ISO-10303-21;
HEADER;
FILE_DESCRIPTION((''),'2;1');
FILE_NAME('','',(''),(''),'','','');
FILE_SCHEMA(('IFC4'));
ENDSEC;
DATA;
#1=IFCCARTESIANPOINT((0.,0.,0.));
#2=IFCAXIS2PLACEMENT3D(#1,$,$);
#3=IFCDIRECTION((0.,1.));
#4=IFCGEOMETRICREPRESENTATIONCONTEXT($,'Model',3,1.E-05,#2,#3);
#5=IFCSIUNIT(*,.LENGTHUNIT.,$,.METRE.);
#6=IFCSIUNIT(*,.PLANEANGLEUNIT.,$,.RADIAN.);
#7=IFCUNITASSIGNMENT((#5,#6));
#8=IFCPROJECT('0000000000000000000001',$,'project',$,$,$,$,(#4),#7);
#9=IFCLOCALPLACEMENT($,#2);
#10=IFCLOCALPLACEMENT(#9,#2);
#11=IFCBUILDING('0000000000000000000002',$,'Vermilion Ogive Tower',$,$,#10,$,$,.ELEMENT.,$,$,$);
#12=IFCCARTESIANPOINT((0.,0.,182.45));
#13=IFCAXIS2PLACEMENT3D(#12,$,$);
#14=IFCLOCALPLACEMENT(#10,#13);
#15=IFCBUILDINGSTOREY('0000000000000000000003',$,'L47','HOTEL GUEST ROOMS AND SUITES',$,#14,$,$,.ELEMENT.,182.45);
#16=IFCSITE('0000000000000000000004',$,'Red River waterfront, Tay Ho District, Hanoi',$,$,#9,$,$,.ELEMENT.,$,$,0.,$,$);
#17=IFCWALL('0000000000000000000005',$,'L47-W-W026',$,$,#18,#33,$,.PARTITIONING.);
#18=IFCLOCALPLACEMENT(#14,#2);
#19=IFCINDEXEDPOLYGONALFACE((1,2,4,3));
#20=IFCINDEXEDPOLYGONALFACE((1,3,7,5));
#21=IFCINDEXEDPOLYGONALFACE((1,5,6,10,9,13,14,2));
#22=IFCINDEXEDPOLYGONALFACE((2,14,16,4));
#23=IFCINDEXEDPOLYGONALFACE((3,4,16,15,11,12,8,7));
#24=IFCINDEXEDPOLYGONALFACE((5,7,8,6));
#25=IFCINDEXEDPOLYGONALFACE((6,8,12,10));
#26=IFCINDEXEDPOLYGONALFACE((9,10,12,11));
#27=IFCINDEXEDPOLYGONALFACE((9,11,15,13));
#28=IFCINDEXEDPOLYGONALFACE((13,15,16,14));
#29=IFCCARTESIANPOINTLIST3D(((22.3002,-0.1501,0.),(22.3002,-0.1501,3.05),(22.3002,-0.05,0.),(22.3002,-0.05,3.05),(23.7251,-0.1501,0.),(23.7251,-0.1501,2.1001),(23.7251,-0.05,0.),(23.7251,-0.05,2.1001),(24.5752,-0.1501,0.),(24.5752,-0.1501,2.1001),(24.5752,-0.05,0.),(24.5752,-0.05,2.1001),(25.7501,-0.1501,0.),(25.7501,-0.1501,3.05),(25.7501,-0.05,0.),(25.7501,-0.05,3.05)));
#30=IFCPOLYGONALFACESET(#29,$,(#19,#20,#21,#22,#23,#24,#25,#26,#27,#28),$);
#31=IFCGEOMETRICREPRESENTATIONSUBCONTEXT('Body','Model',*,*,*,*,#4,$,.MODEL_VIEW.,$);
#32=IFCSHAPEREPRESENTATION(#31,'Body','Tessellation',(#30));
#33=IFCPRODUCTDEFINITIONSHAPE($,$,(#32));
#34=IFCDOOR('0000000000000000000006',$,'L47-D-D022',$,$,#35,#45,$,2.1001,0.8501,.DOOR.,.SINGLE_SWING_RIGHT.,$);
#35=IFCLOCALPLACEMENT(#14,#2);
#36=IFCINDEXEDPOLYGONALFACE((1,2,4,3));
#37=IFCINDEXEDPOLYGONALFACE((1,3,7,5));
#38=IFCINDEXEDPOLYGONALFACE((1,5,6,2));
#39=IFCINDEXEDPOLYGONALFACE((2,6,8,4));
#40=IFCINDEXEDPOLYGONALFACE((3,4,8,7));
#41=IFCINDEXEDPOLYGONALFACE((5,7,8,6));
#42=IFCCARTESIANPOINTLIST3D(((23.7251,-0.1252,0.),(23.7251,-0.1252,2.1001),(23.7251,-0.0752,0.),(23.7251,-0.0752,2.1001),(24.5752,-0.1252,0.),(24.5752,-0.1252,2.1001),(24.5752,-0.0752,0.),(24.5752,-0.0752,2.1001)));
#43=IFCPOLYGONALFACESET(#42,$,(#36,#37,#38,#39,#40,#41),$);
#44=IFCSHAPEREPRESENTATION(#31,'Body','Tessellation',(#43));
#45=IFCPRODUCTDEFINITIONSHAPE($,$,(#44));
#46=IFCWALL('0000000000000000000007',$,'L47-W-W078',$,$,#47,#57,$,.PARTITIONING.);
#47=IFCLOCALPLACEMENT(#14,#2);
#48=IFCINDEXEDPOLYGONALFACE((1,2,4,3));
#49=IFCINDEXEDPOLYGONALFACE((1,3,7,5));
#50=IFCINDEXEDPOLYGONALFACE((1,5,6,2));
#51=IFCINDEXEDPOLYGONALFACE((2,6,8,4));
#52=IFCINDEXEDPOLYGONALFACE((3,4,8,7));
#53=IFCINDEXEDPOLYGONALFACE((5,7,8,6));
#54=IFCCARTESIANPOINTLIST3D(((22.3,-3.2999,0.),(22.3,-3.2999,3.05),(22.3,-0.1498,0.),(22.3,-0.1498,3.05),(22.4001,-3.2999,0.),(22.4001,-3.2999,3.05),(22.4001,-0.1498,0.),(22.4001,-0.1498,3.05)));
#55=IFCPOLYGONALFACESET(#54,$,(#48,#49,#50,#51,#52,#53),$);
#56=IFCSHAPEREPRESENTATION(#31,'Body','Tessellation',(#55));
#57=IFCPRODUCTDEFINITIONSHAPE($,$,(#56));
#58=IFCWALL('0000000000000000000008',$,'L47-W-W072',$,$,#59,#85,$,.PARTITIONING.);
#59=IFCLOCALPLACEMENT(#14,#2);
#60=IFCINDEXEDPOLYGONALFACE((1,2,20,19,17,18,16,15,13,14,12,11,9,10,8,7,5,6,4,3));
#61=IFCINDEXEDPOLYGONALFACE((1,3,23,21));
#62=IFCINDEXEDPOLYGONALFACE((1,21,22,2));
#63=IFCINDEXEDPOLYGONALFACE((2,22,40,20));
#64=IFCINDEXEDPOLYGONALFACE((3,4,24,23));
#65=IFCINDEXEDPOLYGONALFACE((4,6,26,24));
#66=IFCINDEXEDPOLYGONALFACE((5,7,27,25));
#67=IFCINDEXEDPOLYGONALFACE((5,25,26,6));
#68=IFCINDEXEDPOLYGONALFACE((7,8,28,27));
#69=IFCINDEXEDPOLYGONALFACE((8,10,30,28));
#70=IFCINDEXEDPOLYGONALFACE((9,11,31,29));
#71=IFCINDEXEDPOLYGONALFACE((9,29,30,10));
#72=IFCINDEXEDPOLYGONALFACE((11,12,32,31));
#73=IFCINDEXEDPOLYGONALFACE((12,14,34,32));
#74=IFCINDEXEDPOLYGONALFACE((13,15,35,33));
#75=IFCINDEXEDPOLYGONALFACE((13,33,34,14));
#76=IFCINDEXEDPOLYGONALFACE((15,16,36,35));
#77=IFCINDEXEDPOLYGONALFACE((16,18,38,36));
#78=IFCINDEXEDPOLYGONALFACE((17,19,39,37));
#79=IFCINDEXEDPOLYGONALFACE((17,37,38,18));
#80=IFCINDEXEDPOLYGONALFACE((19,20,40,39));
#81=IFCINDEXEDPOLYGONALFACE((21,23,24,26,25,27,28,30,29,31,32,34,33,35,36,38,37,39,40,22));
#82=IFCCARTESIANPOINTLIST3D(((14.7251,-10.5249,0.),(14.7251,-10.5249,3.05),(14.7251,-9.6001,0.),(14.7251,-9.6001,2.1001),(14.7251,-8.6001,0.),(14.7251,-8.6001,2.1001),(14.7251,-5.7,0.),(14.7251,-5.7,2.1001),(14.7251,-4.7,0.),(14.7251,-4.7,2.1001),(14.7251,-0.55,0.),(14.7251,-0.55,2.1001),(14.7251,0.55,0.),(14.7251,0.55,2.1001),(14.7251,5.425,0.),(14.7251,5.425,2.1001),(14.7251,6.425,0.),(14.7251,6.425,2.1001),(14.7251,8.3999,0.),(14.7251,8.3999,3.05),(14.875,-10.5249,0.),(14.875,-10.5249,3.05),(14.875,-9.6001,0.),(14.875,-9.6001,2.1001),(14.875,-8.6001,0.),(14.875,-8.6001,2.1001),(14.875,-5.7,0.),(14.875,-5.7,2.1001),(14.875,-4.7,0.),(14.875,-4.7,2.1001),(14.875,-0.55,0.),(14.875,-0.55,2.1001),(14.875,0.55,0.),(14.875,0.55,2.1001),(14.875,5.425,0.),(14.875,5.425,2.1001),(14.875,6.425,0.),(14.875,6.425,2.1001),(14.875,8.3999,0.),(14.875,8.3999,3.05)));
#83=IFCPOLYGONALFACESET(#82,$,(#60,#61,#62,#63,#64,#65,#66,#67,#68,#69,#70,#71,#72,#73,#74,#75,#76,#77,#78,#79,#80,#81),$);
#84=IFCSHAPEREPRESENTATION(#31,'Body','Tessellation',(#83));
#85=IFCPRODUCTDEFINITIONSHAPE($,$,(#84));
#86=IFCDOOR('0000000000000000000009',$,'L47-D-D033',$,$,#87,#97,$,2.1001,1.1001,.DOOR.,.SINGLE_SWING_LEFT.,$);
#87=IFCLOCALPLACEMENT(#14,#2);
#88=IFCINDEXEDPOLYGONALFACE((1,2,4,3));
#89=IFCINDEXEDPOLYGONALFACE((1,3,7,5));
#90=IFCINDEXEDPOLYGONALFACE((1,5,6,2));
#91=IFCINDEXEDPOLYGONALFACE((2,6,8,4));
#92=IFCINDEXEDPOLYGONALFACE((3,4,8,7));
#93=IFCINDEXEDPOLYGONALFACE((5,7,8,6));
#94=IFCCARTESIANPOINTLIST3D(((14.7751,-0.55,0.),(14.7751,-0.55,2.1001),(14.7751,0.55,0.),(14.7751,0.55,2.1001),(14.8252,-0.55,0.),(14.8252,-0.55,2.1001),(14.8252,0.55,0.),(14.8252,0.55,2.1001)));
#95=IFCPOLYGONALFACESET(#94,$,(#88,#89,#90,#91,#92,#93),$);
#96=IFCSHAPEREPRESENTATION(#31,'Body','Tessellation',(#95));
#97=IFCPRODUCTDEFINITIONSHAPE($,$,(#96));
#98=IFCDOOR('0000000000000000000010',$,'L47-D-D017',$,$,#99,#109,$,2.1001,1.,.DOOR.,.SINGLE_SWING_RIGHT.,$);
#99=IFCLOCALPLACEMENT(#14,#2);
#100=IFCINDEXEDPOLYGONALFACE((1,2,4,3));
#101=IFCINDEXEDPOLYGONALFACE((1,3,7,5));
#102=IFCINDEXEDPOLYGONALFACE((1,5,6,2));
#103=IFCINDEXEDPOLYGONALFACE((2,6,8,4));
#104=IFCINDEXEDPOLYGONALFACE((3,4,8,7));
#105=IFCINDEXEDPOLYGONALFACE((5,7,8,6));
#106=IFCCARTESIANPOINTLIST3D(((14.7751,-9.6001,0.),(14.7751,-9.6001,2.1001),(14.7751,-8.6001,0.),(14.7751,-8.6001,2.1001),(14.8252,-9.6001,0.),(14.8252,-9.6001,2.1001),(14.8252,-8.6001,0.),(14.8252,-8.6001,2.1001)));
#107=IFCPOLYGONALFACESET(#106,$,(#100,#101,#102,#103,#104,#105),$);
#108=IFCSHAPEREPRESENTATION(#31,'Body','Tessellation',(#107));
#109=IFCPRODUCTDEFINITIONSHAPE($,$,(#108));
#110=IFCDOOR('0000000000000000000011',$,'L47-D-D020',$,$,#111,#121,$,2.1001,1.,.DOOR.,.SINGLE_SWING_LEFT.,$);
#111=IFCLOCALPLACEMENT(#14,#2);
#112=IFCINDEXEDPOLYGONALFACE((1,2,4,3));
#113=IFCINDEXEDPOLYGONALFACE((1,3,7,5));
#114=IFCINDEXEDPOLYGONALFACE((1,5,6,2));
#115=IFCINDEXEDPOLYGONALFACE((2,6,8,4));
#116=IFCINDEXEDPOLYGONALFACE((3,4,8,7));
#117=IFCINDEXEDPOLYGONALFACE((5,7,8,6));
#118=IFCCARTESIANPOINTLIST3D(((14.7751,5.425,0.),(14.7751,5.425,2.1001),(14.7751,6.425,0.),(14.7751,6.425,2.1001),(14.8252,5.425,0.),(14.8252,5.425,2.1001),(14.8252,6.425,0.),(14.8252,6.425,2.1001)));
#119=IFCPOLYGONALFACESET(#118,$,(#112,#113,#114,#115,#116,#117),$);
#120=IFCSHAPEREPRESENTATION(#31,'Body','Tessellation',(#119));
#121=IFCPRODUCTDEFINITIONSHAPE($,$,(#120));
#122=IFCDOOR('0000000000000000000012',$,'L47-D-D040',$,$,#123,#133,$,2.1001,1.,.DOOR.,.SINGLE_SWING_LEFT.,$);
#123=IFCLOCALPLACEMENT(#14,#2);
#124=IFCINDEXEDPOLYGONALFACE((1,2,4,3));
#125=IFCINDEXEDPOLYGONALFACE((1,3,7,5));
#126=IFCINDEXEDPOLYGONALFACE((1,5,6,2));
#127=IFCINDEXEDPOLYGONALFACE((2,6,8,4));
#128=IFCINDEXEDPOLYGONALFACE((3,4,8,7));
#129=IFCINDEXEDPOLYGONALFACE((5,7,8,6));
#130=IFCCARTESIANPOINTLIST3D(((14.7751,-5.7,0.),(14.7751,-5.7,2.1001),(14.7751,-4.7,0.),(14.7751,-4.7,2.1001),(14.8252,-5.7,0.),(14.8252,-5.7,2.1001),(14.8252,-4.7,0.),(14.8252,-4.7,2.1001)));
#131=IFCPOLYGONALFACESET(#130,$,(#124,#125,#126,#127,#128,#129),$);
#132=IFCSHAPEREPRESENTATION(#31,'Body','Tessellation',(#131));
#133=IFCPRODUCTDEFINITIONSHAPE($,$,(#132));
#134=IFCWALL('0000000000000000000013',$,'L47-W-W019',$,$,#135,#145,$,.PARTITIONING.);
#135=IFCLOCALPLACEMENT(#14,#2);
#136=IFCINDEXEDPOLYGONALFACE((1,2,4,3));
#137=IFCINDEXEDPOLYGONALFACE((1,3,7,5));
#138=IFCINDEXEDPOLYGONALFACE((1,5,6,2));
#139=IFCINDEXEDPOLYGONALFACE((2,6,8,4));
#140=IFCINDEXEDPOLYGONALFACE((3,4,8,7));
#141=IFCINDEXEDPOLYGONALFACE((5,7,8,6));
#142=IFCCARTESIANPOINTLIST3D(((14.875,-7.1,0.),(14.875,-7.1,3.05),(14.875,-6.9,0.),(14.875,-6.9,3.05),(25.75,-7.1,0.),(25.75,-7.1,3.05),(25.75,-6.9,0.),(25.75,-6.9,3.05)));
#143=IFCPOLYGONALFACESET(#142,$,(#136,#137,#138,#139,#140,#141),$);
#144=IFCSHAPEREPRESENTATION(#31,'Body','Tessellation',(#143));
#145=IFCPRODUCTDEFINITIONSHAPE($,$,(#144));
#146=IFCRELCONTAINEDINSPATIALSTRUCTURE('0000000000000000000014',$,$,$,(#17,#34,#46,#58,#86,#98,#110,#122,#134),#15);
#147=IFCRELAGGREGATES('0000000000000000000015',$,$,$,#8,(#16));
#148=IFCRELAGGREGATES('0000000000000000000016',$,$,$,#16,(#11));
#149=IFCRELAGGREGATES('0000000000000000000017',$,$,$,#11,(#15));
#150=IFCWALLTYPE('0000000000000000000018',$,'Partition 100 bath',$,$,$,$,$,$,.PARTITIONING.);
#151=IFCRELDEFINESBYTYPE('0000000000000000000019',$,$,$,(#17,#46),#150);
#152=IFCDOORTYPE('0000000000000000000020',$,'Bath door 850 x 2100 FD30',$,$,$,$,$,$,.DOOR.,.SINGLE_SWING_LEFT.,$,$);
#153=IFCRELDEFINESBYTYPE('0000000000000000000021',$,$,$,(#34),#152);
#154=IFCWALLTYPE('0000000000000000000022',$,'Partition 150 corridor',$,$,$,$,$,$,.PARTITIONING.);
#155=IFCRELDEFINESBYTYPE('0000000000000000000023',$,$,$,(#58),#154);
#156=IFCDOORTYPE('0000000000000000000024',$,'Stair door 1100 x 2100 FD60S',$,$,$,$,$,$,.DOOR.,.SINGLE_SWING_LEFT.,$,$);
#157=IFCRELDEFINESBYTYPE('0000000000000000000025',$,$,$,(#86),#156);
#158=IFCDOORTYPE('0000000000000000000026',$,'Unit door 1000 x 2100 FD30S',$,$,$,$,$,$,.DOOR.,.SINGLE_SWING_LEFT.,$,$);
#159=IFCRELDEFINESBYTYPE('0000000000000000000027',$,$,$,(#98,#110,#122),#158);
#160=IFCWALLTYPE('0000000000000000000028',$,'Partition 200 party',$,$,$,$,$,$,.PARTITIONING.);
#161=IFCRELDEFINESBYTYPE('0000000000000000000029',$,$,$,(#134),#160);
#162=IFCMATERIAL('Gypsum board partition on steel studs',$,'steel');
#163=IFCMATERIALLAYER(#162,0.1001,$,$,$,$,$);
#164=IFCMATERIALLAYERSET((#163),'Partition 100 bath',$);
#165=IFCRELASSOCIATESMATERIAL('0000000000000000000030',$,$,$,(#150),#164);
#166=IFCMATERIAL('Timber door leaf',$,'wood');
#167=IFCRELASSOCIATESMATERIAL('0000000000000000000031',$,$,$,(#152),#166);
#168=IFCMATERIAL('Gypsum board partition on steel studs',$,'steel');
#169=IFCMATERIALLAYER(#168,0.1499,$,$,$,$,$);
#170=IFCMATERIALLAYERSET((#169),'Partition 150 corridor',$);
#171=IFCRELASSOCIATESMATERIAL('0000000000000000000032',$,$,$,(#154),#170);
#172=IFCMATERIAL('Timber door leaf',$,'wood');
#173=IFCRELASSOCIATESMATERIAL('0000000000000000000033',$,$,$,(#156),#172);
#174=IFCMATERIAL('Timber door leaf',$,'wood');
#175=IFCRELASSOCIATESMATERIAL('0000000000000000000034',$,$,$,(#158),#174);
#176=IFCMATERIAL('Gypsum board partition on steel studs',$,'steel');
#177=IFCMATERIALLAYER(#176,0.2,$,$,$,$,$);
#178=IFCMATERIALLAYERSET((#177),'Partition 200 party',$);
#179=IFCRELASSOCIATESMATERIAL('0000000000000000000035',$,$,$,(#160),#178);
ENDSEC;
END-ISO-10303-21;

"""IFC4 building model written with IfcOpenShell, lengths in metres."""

from ifc_helpers import new_model, si_unit, direction, frame, frame_2d, origin, place, context, subcontext, project, spatial, rectangle, extrude, material, layer, layer_set, type_object, element, fill, save


model = new_model("IFC4")

# Units and contexts
model_context = context("Model", 3, precision=1e-05, world=origin(), true_north=direction((0.0, 1.0)))
body_context = subcontext(model_context, "Body", "Model", "MODEL_VIEW")
ifc_project = project(units=[si_unit("LENGTHUNIT", "METRE"), si_unit("PLANEANGLEUNIT", "RADIAN")], contexts=[model_context])

# Site, building, storey
site_placement = place(None, origin())
site = spatial("IfcSite", under=ifc_project, at=site_placement, Name="Red River waterfront, Tay Ho District, Hanoi", CompositionType="ELEMENT", RefElevation=0.0)
building_placement = place(site_placement, origin())
building = spatial("IfcBuilding", under=site, at=building_placement, Name="Vermilion Ogive Tower", CompositionType="ELEMENT")
storey_placement = place(building_placement, frame((0.0, 0.0, 182.45)))
storey = spatial("IfcBuildingStorey", under=building, at=storey_placement, Name="L47", Description="HOTEL GUEST ROOMS AND SUITES", CompositionType="ELEMENT", Elevation=182.45)

# Shared definitions
ifc_material_1 = material(Name="Gypsum board partition on steel studs", Category="steel")
ifc_layer_1 = layer(ifc_material_1, 0.1001)
ifc_layer_set_1 = layer_set([ifc_layer_1], Name="Partition 100 bath")
wall_type_1 = type_object("IfcWallType", Name="Partition 100 bath", PredefinedType="PARTITIONING", material=ifc_layer_set_1)

# Wall, opening, door
wall_1_placement = place(storey_placement, frame((22.3, -0.1001, 0.0), z_axis=(0.0, 0.0, 1.0), x_axis=(1.0, 0.0, 0.0)))
wall_1 = element("IfcWall", 1, at=wall_1_placement, inside=storey, type_object=wall_type_1, Name="L47-W-W026", PredefinedType="PARTITIONING", context=body_context, shape_type="SweptSolid", body=[
    extrude(rectangle(XDim=3.45, YDim=0.1001, at=frame_2d((1.7251, 0.0))), origin(), (0.0, 0.0, 1.0), 3.05),
])
opening_1_placement = place(wall_1_placement, frame((1.425, 0.0, 0.0)))
opening_1 = element("IfcOpeningElement", 2, at=opening_1_placement, cuts=wall_1, PredefinedType="OPENING", context=body_context, shape_type="SweptSolid", body=[
    extrude(rectangle(XDim=0.8501, YDim=2.1001, at=frame_2d((0.425, 1.05))), frame((0.0, 0.0601, 0.0), z_axis=(0.0, -1.0, 0.0), x_axis=(1.0, 0.0, 0.0)), (0.0, 0.0, 1.0), 0.1201),
])
ifc_material_2 = material(Name="Timber door leaf", Category="wood")
door_type_1 = type_object("IfcDoorType", Name="Bath door 850 x 2100 FD30", OperationType="SINGLE_SWING_LEFT", PredefinedType="DOOR", material=ifc_material_2)
door_1_placement = place(opening_1_placement, origin())
door_1 = element("IfcDoor", 3, at=door_1_placement, inside=storey, type_object=door_type_1, Name="L47-D-D022", OperationType="SINGLE_SWING_RIGHT", OverallHeight=2.1001, OverallWidth=0.8501, PredefinedType="DOOR", context=body_context, shape_type="SweptSolid", body=[
    extrude(rectangle(XDim=0.8501, YDim=2.1001, at=frame_2d((0.425, 1.05))), frame((0.0, 0.0249, 0.0), z_axis=(0.0, -1.0, 0.0), x_axis=(1.0, 0.0, 0.0)), (0.0, 0.0, 1.0), 0.05),
])
fill(opening_1, door_1)

# Wall
wall_2_placement = place(storey_placement, frame((22.3501, -3.3, 0.0), z_axis=(0.0, 0.0, 1.0), x_axis=(0.0, 1.0, 0.0)))
element("IfcWall", 4, at=wall_2_placement, inside=storey, type_object=wall_type_1, Name="L47-W-W078", PredefinedType="PARTITIONING", context=body_context, shape_type="SweptSolid", body=[
    extrude(rectangle(XDim=3.1501, YDim=0.1001, at=frame_2d((1.5752, 0.0))), origin(), (0.0, 0.0, 1.0), 3.05),
])

# Wall, openings, doors
ifc_material_3 = material(Name="Gypsum board partition on steel studs", Category="steel")
ifc_layer_2 = layer(ifc_material_3, 0.1499)
ifc_layer_set_2 = layer_set([ifc_layer_2], Name="Partition 150 corridor")
wall_type_2 = type_object("IfcWallType", Name="Partition 150 corridor", PredefinedType="PARTITIONING", material=ifc_layer_set_2)
wall_3_placement = place(storey_placement, frame((14.8, -10.5249, 0.0), z_axis=(0.0, 0.0, 1.0), x_axis=(0.0, 1.0, 0.0)))
wall_3 = element("IfcWall", 5, at=wall_3_placement, inside=storey, type_object=wall_type_2, Name="L47-W-W072", PredefinedType="PARTITIONING", context=body_context, shape_type="SweptSolid", body=[
    extrude(rectangle(XDim=18.9248, YDim=0.1499, at=frame_2d((9.4624, 0.0))), origin(), (0.0, 0.0, 1.0), 3.05),
])
opening_2_placement = place(wall_3_placement, frame((0.9248, 0.0, 0.0)))
opening_2 = element("IfcOpeningElement", 6, at=opening_2_placement, cuts=wall_3, PredefinedType="OPENING", context=body_context, shape_type="SweptSolid", body=[
    extrude(rectangle(XDim=1.0, YDim=2.1001, at=frame_2d((0.5, 1.05))), frame((0.0, 0.085, 0.0), z_axis=(0.0, -1.0, 0.0), x_axis=(1.0, 0.0, 0.0)), (0.0, 0.0, 1.0), 0.1699),
])
opening_3_placement = place(wall_3_placement, frame((15.95, 0.0, 0.0)))
opening_3 = element("IfcOpeningElement", 7, at=opening_3_placement, cuts=wall_3, PredefinedType="OPENING", context=body_context, shape_type="SweptSolid", body=[
    extrude(rectangle(XDim=1.0, YDim=2.1001, at=frame_2d((0.5, 1.05))), frame((0.0, 0.085, 0.0), z_axis=(0.0, -1.0, 0.0), x_axis=(1.0, 0.0, 0.0)), (0.0, 0.0, 1.0), 0.1699),
])
opening_4_placement = place(wall_3_placement, frame((9.9749, 0.0, 0.0)))
opening_4 = element("IfcOpeningElement", 8, at=opening_4_placement, cuts=wall_3, PredefinedType="OPENING", context=body_context, shape_type="SweptSolid", body=[
    extrude(rectangle(XDim=1.1001, YDim=2.1001, at=frame_2d((0.55, 1.05))), frame((0.0, 0.085, 0.0), z_axis=(0.0, -1.0, 0.0), x_axis=(1.0, 0.0, 0.0)), (0.0, 0.0, 1.0), 0.1699),
])
opening_5_placement = place(wall_3_placement, frame((4.825, 0.0, 0.0)))
opening_5 = element("IfcOpeningElement", 9, at=opening_5_placement, cuts=wall_3, PredefinedType="OPENING", context=body_context, shape_type="SweptSolid", body=[
    extrude(rectangle(XDim=1.0, YDim=2.1001, at=frame_2d((0.5, 1.05))), frame((0.0, 0.085, 0.0), z_axis=(0.0, -1.0, 0.0), x_axis=(1.0, 0.0, 0.0)), (0.0, 0.0, 1.0), 0.1699),
])
ifc_material_4 = material(Name="Timber door leaf", Category="wood")
door_type_2 = type_object("IfcDoorType", Name="Stair door 1100 x 2100 FD60S", OperationType="SINGLE_SWING_LEFT", PredefinedType="DOOR", material=ifc_material_4)
door_2_placement = place(opening_4_placement, origin())
door_2 = element("IfcDoor", 10, at=door_2_placement, inside=storey, type_object=door_type_2, Name="L47-D-D033", OperationType="SINGLE_SWING_LEFT", OverallHeight=2.1001, OverallWidth=1.1001, PredefinedType="DOOR", context=body_context, shape_type="SweptSolid", body=[
    extrude(rectangle(XDim=1.1001, YDim=2.1001, at=frame_2d((0.55, 1.05))), frame((0.0, 0.0249, 0.0), z_axis=(0.0, -1.0, 0.0), x_axis=(1.0, 0.0, 0.0)), (0.0, 0.0, 1.0), 0.05),
])
fill(opening_4, door_2)
ifc_material_5 = material(Name="Timber door leaf", Category="wood")
door_type_3 = type_object("IfcDoorType", Name="Unit door 1000 x 2100 FD30S", OperationType="SINGLE_SWING_LEFT", PredefinedType="DOOR", material=ifc_material_5)
door_3_placement = place(opening_2_placement, origin())
door_3 = element("IfcDoor", 11, at=door_3_placement, inside=storey, type_object=door_type_3, Name="L47-D-D017", OperationType="SINGLE_SWING_RIGHT", OverallHeight=2.1001, OverallWidth=1.0, PredefinedType="DOOR", context=body_context, shape_type="SweptSolid", body=[
    extrude(rectangle(XDim=1.0, YDim=2.1001, at=frame_2d((0.5, 1.05))), frame((0.0, 0.0249, 0.0), z_axis=(0.0, -1.0, 0.0), x_axis=(1.0, 0.0, 0.0)), (0.0, 0.0, 1.0), 0.05),
])
fill(opening_2, door_3)
door_4_placement = place(opening_3_placement, origin())
door_4 = element("IfcDoor", 12, at=door_4_placement, inside=storey, type_object=door_type_3, Name="L47-D-D020", OperationType="SINGLE_SWING_LEFT", OverallHeight=2.1001, OverallWidth=1.0, PredefinedType="DOOR", context=body_context, shape_type="SweptSolid", body=[
    extrude(rectangle(XDim=1.0, YDim=2.1001, at=frame_2d((0.5, 1.05))), frame((0.0, 0.0249, 0.0), z_axis=(0.0, -1.0, 0.0), x_axis=(1.0, 0.0, 0.0)), (0.0, 0.0, 1.0), 0.05),
])
fill(opening_3, door_4)
door_5_placement = place(opening_5_placement, origin())
door_5 = element("IfcDoor", 13, at=door_5_placement, inside=storey, type_object=door_type_3, Name="L47-D-D040", OperationType="SINGLE_SWING_LEFT", OverallHeight=2.1001, OverallWidth=1.0, PredefinedType="DOOR", context=body_context, shape_type="SweptSolid", body=[
    extrude(rectangle(XDim=1.0, YDim=2.1001, at=frame_2d((0.5, 1.05))), frame((0.0, 0.0249, 0.0), z_axis=(0.0, -1.0, 0.0), x_axis=(1.0, 0.0, 0.0)), (0.0, 0.0, 1.0), 0.05),
])
fill(opening_5, door_5)

# Wall
ifc_material_6 = material(Name="Gypsum board partition on steel studs", Category="steel")
ifc_layer_3 = layer(ifc_material_6, 0.2)
ifc_layer_set_3 = layer_set([ifc_layer_3], Name="Partition 200 party")
wall_type_3 = type_object("IfcWallType", Name="Partition 200 party", PredefinedType="PARTITIONING", material=ifc_layer_set_3)
wall_4_placement = place(storey_placement, frame((14.875, -7.0, 0.0), z_axis=(0.0, 0.0, 1.0), x_axis=(1.0, 0.0, 0.0)))
element("IfcWall", 14, at=wall_4_placement, inside=storey, type_object=wall_type_3, Name="L47-W-W019", PredefinedType="PARTITIONING", context=body_context, shape_type="SweptSolid", body=[
    extrude(rectangle(XDim=10.875, YDim=0.2, at=frame_2d((5.4375, 0.0))), origin(), (0.0, 0.0, 1.0), 3.05),
])

save(model, "model.ifc")
